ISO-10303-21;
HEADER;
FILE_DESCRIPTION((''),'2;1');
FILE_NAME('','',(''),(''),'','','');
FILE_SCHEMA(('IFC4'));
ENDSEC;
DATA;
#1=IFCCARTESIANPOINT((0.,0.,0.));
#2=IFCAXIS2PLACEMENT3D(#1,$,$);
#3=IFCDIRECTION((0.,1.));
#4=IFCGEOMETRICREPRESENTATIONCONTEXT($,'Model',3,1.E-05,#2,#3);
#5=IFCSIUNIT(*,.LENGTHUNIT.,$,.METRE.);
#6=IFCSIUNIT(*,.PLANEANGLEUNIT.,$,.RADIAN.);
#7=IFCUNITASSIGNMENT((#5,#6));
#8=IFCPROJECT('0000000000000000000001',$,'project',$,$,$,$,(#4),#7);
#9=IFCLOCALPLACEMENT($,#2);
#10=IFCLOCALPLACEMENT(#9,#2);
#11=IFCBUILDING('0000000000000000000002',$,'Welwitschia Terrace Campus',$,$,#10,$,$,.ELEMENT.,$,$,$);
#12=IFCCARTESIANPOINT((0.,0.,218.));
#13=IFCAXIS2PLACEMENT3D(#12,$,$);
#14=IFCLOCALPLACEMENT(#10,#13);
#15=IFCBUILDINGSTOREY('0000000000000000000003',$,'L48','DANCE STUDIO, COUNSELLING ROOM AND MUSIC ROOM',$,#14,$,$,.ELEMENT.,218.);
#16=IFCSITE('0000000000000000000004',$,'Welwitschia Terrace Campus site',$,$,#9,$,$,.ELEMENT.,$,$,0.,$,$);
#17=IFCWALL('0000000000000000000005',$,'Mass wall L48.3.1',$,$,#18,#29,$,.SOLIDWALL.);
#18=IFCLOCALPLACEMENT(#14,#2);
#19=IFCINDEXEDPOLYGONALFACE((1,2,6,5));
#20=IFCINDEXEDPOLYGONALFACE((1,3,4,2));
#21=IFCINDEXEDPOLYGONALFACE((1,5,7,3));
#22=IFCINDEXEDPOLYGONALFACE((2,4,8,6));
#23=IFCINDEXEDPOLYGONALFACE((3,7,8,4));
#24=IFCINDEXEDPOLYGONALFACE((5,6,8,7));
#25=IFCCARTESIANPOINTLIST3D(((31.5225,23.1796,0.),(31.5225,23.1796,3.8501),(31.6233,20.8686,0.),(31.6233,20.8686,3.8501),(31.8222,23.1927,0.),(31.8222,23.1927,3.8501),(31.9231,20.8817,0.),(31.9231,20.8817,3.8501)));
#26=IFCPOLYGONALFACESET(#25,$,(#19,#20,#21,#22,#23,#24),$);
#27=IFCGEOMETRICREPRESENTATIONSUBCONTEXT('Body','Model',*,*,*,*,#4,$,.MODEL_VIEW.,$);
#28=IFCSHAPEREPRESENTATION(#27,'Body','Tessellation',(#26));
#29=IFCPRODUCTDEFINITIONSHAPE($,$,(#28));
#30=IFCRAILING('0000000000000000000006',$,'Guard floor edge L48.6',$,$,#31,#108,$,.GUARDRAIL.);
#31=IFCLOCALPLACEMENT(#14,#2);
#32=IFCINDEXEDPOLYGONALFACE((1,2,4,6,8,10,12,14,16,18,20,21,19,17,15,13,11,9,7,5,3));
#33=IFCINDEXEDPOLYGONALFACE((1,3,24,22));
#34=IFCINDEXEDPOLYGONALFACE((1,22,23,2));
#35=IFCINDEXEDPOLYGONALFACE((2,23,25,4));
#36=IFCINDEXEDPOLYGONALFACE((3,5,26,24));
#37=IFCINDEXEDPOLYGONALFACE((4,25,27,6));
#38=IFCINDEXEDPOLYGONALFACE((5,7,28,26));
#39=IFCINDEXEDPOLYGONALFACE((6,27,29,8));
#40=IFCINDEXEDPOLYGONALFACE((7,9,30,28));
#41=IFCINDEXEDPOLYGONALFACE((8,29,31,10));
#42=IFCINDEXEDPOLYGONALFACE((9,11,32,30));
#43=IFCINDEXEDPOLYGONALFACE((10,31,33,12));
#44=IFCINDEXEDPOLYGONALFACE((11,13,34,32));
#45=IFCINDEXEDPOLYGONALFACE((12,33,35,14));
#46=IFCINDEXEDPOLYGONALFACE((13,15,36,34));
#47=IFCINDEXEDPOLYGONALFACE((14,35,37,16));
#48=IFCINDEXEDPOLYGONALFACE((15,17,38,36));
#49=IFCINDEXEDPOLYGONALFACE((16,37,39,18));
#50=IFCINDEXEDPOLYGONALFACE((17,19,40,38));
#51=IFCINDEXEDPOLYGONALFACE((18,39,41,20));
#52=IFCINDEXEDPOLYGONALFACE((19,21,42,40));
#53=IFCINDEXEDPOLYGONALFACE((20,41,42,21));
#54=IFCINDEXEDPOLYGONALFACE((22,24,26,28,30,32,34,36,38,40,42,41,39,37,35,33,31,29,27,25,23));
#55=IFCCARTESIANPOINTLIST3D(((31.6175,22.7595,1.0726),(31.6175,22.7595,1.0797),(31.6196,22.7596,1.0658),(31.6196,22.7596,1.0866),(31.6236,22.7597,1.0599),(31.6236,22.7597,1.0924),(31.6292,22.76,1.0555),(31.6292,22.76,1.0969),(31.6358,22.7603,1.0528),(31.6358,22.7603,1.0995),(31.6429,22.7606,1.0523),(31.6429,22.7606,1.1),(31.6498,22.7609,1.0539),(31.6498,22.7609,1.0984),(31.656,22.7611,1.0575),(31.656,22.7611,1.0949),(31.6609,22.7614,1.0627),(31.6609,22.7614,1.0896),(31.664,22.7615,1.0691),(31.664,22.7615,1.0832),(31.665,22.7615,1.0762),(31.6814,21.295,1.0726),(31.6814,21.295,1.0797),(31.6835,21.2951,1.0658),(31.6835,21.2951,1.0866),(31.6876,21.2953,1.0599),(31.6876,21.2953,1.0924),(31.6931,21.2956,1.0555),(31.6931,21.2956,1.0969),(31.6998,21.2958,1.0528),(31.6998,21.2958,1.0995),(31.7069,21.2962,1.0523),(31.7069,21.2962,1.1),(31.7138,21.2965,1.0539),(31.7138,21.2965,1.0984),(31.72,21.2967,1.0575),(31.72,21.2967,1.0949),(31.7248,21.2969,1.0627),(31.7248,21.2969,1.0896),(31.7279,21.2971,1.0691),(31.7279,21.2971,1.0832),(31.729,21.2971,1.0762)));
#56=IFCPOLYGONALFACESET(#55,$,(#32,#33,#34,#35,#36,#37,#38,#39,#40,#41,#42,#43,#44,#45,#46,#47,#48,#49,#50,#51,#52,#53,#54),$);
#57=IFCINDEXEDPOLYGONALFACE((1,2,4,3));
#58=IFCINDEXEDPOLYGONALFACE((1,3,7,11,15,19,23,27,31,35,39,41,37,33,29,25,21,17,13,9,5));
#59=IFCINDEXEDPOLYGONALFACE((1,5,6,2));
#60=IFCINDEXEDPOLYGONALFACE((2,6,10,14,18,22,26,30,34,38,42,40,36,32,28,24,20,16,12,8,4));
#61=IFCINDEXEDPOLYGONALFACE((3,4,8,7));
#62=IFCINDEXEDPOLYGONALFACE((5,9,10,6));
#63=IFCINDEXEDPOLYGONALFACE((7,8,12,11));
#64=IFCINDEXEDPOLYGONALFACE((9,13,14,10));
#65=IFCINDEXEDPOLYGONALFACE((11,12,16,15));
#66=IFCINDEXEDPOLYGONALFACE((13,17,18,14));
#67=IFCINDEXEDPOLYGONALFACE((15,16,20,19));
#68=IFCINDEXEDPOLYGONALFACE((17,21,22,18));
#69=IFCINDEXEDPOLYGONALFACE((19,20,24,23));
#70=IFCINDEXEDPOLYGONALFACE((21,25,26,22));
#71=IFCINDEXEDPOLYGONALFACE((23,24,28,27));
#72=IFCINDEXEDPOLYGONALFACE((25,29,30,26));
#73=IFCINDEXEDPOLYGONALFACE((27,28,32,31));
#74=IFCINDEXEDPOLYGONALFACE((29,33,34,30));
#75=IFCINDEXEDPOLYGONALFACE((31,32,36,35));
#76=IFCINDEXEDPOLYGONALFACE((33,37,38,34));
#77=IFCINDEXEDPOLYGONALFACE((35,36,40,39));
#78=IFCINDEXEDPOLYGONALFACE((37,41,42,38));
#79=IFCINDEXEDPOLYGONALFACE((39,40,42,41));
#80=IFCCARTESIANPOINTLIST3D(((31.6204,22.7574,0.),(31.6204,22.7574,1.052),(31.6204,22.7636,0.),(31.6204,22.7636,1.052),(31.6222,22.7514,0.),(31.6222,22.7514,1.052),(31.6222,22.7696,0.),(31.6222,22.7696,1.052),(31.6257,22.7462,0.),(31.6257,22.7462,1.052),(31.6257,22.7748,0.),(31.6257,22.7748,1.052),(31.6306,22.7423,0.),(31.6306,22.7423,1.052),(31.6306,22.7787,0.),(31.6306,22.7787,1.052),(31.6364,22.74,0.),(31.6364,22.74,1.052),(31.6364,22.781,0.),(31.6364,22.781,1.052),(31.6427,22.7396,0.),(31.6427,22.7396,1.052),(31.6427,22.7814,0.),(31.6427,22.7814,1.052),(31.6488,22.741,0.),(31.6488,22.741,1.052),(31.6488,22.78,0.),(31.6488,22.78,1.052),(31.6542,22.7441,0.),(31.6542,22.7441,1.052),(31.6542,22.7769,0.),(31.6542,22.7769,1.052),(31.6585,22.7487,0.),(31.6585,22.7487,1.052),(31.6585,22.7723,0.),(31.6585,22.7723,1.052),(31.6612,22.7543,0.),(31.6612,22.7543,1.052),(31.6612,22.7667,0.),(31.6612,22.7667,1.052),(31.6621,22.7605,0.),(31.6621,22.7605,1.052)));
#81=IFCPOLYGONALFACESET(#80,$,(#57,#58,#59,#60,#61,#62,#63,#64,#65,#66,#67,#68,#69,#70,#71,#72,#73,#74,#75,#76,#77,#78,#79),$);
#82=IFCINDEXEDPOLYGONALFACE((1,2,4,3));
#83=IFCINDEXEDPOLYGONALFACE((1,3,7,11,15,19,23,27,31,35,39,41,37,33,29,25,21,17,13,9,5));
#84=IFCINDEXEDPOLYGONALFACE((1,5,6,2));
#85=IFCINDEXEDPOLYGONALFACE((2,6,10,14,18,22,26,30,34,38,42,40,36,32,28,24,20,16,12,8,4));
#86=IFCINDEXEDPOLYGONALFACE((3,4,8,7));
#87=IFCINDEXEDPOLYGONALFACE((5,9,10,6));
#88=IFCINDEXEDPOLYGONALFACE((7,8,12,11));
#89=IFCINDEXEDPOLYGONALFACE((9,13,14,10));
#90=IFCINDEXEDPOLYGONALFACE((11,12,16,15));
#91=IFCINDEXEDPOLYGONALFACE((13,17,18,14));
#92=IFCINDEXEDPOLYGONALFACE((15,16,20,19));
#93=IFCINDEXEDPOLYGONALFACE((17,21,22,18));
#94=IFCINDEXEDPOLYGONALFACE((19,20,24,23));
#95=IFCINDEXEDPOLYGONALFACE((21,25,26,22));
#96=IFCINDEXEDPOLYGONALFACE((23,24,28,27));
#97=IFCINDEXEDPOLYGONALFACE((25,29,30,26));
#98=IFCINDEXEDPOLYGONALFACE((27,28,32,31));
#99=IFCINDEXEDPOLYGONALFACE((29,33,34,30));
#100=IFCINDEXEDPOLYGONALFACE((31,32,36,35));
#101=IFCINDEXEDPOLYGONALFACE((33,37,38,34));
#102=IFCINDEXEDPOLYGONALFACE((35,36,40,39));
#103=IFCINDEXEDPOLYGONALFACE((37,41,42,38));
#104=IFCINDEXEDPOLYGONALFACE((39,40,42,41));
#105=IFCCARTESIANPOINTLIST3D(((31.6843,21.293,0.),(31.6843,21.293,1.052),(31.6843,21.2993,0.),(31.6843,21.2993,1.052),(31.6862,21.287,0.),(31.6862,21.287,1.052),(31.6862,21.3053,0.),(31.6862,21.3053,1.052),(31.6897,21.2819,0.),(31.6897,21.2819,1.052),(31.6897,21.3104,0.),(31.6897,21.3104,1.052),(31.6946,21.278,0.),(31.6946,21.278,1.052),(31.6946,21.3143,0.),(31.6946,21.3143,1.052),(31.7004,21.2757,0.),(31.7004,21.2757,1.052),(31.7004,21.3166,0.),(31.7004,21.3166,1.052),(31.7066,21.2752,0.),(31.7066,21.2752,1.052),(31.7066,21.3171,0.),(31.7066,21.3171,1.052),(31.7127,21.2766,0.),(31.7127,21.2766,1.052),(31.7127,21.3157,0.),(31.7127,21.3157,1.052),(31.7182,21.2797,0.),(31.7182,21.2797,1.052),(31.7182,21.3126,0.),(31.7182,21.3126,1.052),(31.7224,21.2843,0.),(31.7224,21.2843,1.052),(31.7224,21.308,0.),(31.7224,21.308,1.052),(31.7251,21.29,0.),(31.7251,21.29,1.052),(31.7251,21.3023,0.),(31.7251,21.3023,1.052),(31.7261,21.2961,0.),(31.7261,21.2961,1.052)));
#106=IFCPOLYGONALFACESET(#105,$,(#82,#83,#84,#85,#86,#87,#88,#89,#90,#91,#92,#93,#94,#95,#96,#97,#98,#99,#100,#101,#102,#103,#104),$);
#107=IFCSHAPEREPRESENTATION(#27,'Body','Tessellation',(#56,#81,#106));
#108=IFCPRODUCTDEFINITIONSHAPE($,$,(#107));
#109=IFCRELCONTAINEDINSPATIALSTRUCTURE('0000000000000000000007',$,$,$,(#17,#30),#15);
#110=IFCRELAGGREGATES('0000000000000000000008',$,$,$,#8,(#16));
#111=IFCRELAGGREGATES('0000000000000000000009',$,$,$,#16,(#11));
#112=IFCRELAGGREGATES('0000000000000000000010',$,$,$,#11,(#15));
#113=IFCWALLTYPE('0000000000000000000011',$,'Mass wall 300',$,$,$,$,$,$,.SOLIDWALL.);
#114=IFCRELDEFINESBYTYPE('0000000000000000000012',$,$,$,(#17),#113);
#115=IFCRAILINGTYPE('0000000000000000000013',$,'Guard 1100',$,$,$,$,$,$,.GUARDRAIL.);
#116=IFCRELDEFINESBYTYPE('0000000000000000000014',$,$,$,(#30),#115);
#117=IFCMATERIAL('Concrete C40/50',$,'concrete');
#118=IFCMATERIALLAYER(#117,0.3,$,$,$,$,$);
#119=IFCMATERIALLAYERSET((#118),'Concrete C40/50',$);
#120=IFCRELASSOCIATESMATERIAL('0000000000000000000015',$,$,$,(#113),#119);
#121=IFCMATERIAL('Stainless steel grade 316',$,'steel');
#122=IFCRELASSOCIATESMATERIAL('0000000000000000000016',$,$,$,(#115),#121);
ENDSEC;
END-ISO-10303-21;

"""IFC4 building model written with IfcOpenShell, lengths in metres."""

from ifc_helpers import new_model, si_unit, direction, frame, frame_2d, origin, origin_2d, place, context, subcontext, project, spatial, rectangle, circle, extrude, material, layer, layer_set, type_object, element, save


model = new_model("IFC4")

# Units and contexts
model_context = context("Model", 3, precision=1e-05, world=origin(), true_north=direction((0.0, 1.0)))
body_context = subcontext(model_context, "Body", "Model", "MODEL_VIEW")
ifc_project = project(units=[si_unit("LENGTHUNIT", "METRE"), si_unit("PLANEANGLEUNIT", "RADIAN")], contexts=[model_context])

# Site, building, storey
site_placement = place(None, origin())
site = spatial("IfcSite", under=ifc_project, at=site_placement, Name="Welwitschia Terrace Campus site", CompositionType="ELEMENT", RefElevation=0.0)
building_placement = place(site_placement, origin())
building = spatial("IfcBuilding", under=site, at=building_placement, Name="Welwitschia Terrace Campus", CompositionType="ELEMENT")
storey_placement = place(building_placement, frame((0.0, 0.0, 218.0)))
storey = spatial("IfcBuildingStorey", under=building, at=storey_placement, Name="L48", Description="DANCE STUDIO, COUNSELLING ROOM AND MUSIC ROOM", CompositionType="ELEMENT", Elevation=218.0)

# Wall
ifc_material_1 = material(Name="Concrete C40/50", Category="concrete")
ifc_layer_1 = layer(ifc_material_1, 0.3)
ifc_layer_set_1 = layer_set([ifc_layer_1], Name="Concrete C40/50")
wall_type_1 = type_object("IfcWallType", Name="Mass wall 300", PredefinedType="SOLIDWALL", material=ifc_layer_set_1)
wall_1_placement = place(storey_placement, frame((31.7732, 20.875, 0.0), z_axis=(0.0, 0.0, 1.0), x_axis=(-0.043588, 0.99905, 0.0)))
element("IfcWall", 1, at=wall_1_placement, inside=storey, type_object=wall_type_1, Name="Mass wall L48.3.1", PredefinedType="SOLIDWALL", context=body_context, shape_type="SweptSolid", body=[
    extrude(rectangle(XDim=2.3132, YDim=0.3, at=frame_2d((1.1567, 0.0))), origin(), (0.0, 0.0, 1.0), 3.8501),
])

# Railing
ifc_material_2 = material(Name="Stainless steel grade 316", Category="steel")
railing_type = type_object("IfcRailingType", Name="Guard 1100", PredefinedType="GUARDRAIL", material=ifc_material_2)
railing_1_placement = place(storey_placement, frame((31.6411, 22.7605, 0.0)))
element("IfcRailing", 2, at=railing_1_placement, inside=storey, type_object=railing_type, Name="Guard floor edge L48.6", PredefinedType="GUARDRAIL", context=body_context, shape_type="SweptSolid", body=[
    extrude(circle(Radius=0.0239, at=origin_2d()), frame((0.0, 0.0, 1.0762), z_axis=(0.04364, -0.999047, 0.0), x_axis=(0.999047, 0.04364, 0.0)), (0.0, 0.0, 1.0), 1.4658),
    extrude(circle(Radius=0.021, at=origin_2d()), origin(), (0.0, 0.0, 1.0), 1.052),
    extrude(circle(Radius=0.021, at=origin_2d()), frame((0.064, -1.4644, 0.0)), (0.0, 0.0, 1.0), 1.052),
])

save(model, "model.ifc")
